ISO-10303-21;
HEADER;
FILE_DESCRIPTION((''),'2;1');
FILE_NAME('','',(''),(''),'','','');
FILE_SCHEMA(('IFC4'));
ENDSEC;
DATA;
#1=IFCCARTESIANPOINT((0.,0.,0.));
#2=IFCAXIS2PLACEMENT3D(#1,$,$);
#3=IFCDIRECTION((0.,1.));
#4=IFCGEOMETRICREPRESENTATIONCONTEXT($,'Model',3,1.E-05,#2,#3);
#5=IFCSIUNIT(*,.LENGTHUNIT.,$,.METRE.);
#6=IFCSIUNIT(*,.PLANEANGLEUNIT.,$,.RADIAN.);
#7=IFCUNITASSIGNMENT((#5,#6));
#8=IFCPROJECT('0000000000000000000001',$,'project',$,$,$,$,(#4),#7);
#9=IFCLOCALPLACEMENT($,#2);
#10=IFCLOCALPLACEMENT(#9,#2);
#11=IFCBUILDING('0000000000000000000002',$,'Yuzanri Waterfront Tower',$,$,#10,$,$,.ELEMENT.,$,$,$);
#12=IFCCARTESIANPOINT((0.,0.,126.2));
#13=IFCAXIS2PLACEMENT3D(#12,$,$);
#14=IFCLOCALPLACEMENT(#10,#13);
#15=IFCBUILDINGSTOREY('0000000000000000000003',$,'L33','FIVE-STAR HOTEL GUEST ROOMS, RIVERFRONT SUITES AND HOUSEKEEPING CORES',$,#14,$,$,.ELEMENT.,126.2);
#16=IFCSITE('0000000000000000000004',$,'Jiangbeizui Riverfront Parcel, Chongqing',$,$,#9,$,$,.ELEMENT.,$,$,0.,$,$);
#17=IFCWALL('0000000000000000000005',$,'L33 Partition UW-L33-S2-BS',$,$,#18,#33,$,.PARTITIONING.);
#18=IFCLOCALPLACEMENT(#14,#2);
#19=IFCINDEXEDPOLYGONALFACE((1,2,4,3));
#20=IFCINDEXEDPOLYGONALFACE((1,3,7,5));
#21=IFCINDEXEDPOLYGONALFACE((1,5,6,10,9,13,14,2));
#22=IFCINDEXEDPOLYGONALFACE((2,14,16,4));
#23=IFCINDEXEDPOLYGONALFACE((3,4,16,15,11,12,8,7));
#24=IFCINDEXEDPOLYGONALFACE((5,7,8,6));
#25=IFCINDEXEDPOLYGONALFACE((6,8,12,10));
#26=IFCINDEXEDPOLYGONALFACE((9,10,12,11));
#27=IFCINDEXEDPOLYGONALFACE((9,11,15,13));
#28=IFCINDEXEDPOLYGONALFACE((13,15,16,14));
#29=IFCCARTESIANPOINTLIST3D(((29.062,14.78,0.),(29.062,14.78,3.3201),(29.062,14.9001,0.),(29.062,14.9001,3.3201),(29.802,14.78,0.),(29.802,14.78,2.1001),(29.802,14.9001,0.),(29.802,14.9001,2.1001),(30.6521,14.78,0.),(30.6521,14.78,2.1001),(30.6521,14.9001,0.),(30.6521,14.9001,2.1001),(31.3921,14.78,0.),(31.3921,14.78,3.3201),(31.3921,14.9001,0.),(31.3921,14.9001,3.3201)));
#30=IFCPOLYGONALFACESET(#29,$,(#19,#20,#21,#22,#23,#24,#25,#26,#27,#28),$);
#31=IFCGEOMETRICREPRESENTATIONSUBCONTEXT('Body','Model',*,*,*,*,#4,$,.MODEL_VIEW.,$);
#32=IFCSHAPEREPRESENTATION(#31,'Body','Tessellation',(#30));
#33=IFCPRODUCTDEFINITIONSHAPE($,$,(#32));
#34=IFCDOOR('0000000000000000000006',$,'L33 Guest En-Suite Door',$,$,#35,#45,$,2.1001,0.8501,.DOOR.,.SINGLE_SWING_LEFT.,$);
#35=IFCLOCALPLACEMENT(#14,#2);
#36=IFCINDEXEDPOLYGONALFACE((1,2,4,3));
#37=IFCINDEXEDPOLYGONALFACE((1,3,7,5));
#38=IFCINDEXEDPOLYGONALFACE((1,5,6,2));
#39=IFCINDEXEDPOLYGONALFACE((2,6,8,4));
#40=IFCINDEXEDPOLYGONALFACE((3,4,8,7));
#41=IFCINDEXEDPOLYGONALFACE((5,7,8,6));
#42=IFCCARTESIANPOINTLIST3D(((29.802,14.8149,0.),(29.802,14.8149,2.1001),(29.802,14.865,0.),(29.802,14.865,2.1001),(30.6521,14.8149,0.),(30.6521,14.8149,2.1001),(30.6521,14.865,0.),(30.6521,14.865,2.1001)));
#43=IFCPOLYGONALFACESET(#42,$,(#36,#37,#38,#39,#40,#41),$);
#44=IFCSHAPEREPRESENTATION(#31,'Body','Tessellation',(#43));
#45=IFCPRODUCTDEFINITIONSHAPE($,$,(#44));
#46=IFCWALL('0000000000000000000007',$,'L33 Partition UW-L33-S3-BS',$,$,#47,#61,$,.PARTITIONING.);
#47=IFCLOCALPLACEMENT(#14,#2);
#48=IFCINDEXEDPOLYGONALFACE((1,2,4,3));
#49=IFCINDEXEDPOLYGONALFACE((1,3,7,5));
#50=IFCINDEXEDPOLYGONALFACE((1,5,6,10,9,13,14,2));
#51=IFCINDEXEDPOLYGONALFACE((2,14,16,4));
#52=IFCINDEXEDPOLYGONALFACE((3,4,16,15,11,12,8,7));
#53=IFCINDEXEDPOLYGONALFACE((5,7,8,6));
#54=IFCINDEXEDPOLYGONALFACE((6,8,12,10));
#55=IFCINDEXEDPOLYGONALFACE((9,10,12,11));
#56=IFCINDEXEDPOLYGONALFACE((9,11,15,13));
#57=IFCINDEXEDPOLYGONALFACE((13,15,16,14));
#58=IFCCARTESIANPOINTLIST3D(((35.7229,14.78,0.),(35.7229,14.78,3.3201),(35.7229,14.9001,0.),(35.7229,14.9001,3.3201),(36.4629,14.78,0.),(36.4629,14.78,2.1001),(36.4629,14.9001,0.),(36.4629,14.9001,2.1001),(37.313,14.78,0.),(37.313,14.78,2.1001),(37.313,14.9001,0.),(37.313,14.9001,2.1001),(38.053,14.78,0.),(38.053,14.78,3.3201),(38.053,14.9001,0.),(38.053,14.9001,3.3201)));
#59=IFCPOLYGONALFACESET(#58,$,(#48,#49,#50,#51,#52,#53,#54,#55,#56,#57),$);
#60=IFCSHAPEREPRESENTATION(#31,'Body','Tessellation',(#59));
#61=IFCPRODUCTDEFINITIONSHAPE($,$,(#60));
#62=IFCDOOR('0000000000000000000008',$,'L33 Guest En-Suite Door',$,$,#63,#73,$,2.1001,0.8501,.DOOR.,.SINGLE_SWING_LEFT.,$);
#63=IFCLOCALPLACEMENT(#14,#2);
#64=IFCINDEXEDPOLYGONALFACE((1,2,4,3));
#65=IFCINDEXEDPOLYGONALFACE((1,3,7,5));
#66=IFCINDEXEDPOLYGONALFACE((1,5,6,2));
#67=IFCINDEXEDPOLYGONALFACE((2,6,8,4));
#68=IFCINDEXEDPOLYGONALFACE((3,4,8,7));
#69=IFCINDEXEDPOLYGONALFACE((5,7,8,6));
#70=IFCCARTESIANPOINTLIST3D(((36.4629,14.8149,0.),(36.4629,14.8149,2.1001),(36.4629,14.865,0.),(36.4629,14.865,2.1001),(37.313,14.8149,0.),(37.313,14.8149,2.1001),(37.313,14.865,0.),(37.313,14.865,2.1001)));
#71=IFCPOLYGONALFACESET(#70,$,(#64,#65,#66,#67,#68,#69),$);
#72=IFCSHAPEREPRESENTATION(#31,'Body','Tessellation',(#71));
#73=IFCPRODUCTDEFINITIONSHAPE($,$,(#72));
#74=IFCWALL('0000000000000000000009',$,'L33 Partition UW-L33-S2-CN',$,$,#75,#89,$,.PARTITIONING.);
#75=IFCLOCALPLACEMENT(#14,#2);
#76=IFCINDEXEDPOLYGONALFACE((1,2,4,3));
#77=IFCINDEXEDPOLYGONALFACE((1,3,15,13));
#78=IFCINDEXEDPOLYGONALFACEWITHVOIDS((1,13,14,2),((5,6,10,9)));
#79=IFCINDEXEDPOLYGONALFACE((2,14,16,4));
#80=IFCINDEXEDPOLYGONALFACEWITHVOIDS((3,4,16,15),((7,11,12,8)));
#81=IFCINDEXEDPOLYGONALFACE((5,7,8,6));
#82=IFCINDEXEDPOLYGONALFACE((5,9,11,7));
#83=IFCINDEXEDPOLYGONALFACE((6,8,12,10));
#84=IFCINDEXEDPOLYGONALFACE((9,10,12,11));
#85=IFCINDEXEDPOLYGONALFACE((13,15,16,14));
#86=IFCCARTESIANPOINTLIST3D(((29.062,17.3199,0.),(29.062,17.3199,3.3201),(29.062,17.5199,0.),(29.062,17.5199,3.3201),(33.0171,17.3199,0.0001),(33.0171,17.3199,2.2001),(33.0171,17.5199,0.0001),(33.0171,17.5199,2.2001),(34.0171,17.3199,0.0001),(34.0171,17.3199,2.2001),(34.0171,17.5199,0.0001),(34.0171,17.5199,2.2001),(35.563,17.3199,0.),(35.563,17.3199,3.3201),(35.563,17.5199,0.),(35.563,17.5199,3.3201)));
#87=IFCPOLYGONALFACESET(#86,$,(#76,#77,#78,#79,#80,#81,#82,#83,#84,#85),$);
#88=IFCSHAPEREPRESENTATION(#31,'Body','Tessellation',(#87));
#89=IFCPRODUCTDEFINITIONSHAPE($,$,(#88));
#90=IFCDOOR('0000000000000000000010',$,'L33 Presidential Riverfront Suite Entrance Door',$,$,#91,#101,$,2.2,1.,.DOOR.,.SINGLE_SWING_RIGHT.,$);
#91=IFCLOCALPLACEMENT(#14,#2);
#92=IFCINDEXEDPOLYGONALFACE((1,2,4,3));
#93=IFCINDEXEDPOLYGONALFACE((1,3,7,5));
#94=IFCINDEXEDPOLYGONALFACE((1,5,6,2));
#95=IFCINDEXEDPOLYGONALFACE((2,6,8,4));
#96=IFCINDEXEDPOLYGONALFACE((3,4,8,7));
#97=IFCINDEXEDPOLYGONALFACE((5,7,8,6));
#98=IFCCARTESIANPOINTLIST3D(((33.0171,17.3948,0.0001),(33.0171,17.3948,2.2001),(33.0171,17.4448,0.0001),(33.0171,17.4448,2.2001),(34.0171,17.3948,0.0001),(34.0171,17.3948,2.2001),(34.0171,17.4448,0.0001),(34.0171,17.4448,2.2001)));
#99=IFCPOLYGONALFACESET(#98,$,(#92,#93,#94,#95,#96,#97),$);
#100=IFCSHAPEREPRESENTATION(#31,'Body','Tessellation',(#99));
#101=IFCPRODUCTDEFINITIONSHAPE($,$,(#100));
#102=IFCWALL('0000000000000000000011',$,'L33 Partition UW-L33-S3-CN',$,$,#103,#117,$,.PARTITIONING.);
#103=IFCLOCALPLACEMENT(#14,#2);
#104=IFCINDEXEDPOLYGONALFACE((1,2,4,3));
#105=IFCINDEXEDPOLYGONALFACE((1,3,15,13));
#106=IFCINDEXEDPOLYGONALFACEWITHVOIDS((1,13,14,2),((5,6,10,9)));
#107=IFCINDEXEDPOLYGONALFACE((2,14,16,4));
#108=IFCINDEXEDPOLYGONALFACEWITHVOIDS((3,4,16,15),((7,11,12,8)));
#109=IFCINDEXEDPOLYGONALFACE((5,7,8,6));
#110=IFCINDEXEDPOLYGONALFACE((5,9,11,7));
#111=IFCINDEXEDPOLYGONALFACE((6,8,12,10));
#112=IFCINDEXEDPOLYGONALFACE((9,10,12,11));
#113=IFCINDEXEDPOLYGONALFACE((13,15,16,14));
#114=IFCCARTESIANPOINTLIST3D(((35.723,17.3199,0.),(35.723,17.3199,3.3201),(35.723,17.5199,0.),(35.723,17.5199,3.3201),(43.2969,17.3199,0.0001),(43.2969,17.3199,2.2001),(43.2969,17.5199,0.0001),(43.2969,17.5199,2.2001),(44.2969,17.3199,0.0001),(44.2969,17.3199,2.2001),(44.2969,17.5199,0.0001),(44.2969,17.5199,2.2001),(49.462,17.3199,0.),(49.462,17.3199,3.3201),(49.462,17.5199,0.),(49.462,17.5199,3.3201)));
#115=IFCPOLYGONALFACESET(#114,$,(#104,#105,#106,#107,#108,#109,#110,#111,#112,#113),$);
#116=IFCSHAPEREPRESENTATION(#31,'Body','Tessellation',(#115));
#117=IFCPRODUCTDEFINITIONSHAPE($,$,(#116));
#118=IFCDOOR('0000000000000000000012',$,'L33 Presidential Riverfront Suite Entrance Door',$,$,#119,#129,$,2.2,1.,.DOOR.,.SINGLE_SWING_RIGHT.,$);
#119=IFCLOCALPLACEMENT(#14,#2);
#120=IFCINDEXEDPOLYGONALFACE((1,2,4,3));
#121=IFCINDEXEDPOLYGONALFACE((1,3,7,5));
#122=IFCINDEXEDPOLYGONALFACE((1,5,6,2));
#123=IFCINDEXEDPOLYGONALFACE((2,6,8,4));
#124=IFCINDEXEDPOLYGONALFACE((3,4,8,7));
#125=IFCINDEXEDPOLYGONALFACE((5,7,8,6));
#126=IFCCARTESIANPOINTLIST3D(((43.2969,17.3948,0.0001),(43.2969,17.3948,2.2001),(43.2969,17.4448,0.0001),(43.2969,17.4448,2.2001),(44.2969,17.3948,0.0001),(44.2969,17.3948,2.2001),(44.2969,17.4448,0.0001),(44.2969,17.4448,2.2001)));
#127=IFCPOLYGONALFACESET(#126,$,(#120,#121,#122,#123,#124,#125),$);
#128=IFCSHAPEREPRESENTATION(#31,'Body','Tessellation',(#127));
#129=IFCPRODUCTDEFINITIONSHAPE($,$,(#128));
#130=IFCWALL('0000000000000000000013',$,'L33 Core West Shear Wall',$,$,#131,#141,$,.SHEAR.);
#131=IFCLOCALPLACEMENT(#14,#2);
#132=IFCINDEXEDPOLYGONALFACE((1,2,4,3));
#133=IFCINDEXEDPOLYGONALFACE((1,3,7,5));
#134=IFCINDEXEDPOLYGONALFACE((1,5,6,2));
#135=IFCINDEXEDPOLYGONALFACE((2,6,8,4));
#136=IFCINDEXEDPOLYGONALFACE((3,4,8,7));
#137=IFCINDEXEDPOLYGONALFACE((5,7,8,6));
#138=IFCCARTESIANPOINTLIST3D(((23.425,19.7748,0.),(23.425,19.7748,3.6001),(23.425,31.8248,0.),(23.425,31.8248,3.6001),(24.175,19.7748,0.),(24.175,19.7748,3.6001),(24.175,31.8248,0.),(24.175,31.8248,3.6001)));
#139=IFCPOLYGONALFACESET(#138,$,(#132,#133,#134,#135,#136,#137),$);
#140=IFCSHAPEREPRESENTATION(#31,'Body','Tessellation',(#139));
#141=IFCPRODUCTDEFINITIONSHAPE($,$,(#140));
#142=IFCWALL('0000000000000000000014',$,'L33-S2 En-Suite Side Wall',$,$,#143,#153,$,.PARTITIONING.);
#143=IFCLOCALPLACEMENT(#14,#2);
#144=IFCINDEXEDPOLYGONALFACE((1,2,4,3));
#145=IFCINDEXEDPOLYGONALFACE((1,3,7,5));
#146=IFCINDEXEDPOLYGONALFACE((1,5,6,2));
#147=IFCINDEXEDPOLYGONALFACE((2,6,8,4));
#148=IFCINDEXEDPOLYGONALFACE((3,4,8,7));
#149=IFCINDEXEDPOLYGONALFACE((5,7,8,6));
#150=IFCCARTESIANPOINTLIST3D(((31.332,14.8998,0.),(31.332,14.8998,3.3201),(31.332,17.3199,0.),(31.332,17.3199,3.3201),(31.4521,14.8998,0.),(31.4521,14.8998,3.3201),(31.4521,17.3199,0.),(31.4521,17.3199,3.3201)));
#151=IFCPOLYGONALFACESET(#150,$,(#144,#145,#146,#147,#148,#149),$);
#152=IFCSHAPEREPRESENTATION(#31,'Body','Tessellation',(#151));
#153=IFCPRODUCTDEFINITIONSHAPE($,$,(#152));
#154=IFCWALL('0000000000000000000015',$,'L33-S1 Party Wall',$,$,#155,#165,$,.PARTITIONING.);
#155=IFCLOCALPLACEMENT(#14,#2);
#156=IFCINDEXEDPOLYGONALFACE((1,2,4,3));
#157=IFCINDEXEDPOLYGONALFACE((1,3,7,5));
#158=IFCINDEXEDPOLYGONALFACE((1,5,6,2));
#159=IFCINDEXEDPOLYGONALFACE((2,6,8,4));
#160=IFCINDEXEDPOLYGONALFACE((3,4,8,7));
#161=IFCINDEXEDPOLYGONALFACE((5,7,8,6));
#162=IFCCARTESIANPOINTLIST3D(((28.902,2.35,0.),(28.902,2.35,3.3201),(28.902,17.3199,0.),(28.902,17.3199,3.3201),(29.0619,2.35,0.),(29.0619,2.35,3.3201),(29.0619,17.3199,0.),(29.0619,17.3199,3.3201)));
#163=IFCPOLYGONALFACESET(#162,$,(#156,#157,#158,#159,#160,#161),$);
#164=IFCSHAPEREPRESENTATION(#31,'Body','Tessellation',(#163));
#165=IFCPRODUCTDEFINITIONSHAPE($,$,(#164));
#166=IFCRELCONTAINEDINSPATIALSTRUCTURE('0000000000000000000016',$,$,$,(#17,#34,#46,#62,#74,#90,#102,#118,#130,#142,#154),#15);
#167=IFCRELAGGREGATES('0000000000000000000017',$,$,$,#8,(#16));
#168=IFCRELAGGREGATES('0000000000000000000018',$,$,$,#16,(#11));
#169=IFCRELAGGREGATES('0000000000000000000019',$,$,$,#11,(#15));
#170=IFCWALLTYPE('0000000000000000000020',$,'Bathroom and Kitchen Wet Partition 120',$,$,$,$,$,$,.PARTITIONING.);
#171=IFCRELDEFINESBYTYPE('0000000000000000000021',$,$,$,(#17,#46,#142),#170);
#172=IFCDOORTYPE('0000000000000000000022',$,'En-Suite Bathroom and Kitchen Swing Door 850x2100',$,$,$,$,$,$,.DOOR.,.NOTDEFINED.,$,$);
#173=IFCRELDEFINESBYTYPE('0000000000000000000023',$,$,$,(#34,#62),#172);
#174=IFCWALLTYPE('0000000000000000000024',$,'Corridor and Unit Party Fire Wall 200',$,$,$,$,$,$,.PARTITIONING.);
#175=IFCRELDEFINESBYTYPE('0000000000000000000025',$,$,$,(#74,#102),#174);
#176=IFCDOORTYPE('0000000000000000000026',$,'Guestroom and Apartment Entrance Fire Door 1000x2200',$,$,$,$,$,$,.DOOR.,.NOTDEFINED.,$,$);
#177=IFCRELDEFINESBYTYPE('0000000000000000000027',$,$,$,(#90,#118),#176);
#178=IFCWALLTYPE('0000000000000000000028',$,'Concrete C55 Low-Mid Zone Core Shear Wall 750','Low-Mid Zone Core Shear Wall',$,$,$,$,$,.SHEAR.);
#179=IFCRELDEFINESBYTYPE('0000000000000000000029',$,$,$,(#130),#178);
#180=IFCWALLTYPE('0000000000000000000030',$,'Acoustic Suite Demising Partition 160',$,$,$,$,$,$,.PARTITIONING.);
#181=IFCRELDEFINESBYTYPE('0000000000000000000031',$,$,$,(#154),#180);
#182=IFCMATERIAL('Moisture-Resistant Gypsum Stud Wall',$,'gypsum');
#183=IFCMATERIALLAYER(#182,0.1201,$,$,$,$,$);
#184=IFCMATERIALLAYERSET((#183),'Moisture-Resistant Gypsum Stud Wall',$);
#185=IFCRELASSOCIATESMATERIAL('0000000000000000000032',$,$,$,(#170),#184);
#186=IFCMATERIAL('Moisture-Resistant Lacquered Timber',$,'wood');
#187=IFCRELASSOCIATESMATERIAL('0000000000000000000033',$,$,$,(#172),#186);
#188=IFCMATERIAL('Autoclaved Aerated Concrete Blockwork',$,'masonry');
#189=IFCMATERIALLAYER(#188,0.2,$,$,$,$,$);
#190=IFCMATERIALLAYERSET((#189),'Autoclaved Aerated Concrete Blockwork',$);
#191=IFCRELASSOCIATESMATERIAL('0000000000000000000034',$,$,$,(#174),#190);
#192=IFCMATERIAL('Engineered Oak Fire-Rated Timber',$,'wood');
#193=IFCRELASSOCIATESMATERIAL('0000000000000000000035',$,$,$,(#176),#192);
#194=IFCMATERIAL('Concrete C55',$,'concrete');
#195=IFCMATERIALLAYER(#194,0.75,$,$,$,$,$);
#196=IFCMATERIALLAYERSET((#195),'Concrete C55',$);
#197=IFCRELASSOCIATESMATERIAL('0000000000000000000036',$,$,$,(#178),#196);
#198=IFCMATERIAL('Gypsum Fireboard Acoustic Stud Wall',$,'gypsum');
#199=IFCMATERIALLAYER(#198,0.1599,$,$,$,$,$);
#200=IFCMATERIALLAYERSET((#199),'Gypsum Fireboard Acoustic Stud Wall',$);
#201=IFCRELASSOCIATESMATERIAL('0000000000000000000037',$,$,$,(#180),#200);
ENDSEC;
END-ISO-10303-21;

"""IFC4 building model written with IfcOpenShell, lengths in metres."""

from ifc_helpers import new_model, si_unit, direction, frame, frame_2d, origin, place, context, subcontext, project, spatial, rectangle, extrude, source, transform, mapped, material, layer, layer_set, type_object, element, fill, save


model = new_model("IFC4")

# Units and contexts
model_context = context("Model", 3, precision=1e-05, world=origin(), true_north=direction((0.0, 1.0)))
body_context = subcontext(model_context, "Body", "Model", "MODEL_VIEW")
ifc_project = project(units=[si_unit("LENGTHUNIT", "METRE"), si_unit("PLANEANGLEUNIT", "RADIAN")], contexts=[model_context])

# Site, building, storey
site_placement = place(None, origin())
site = spatial("IfcSite", under=ifc_project, at=site_placement, Name="Jiangbeizui Riverfront Parcel, Chongqing", CompositionType="ELEMENT", RefElevation=0.0)
building_placement = place(site_placement, origin())
building = spatial("IfcBuilding", under=site, at=building_placement, Name="Yuzanri Waterfront Tower", CompositionType="ELEMENT")
storey_placement = place(building_placement, frame((0.0, 0.0, 126.2)))
storey = spatial("IfcBuildingStorey", under=building, at=storey_placement, Name="L33", Description="FIVE-STAR HOTEL GUEST ROOMS, RIVERFRONT SUITES AND HOUSEKEEPING CORES", CompositionType="ELEMENT", Elevation=126.2)

# Walls, openings, doors
ifc_material_1 = material(Name="Moisture-Resistant Gypsum Stud Wall", Category="gypsum")
ifc_layer_1 = layer(ifc_material_1, 0.1201)
ifc_layer_set_1 = layer_set([ifc_layer_1], Name="Moisture-Resistant Gypsum Stud Wall")
wall_type_1 = type_object("IfcWallType", Name="Bathroom and Kitchen Wet Partition 120", PredefinedType="PARTITIONING", material=ifc_layer_set_1)
wall_1_placement = place(storey_placement, frame((29.062, 14.8401, 0.0), z_axis=(0.0, 0.0, 1.0), x_axis=(1.0, 0.0, 0.0)))
wall_1 = element("IfcWall", 1, at=wall_1_placement, inside=storey, type_object=wall_type_1, Name="L33 Partition UW-L33-S2-BS", PredefinedType="PARTITIONING", context=body_context, shape_type="SweptSolid", body=[
    extrude(rectangle(XDim=2.3301, YDim=0.1201, at=frame_2d((1.165, 0.0))), origin(), (0.0, 0.0, 1.0), 3.3201),
])
opening_1_placement = place(wall_1_placement, frame((0.74, 0.0, 0.0)))
opening_1 = element("IfcOpeningElement", 2, at=opening_1_placement, cuts=wall_1, PredefinedType="OPENING", context=body_context, shape_type="SweptSolid", body=[
    extrude(rectangle(XDim=0.8501, YDim=2.1001, at=frame_2d((0.425, 1.05))), frame((0.0, 0.075, 0.0), z_axis=(0.0, -1.0, 0.0), x_axis=(1.0, 0.0, 0.0)), (0.0, 0.0, 1.0), 0.1499),
])
ifc_material_2 = material(Name="Moisture-Resistant Lacquered Timber", Category="wood")
door_type_1 = type_object("IfcDoorType", Name="En-Suite Bathroom and Kitchen Swing Door 850x2100", OperationType="NOTDEFINED", PredefinedType="DOOR", material=ifc_material_2)
shared_shape_1 = source(origin(), body_context, "Body", "SweptSolid", [
    extrude(rectangle(XDim=0.8501, YDim=2.1001, at=frame_2d((0.425, 1.05))), frame((0.0, 0.0249, 0.0), z_axis=(0.0, -1.0, 0.0), x_axis=(1.0, 0.0, 0.0)), (0.0, 0.0, 1.0), 0.05),
])
door_1_placement = place(opening_1_placement, origin())
door_1 = element("IfcDoor", 3, at=door_1_placement, inside=storey, type_object=door_type_1, Name="L33 Guest En-Suite Door", OperationType="SINGLE_SWING_LEFT", OverallHeight=2.1001, OverallWidth=0.8501, PredefinedType="DOOR", context=body_context, shape_type="MappedRepresentation", body=[
    mapped(shared_shape_1, transform((0.0, 0.0, 0.0), scale=1.0)),
])
fill(opening_1, door_1)
wall_2_placement = place(storey_placement, frame((35.7229, 14.8401, 0.0), z_axis=(0.0, 0.0, 1.0), x_axis=(1.0, 0.0, 0.0)))
wall_2 = element("IfcWall", 4, at=wall_2_placement, inside=storey, type_object=wall_type_1, Name="L33 Partition UW-L33-S3-BS", PredefinedType="PARTITIONING", context=body_context, shape_type="SweptSolid", body=[
    extrude(rectangle(XDim=2.3301, YDim=0.1201, at=frame_2d((1.165, 0.0))), origin(), (0.0, 0.0, 1.0), 3.3201),
])
opening_2_placement = place(wall_2_placement, frame((0.74, 0.0, 0.0)))
opening_2 = element("IfcOpeningElement", 5, at=opening_2_placement, cuts=wall_2, PredefinedType="OPENING", context=body_context, shape_type="SweptSolid", body=[
    extrude(rectangle(XDim=0.8501, YDim=2.1001, at=frame_2d((0.425, 1.05))), frame((0.0, 0.075, 0.0), z_axis=(0.0, -1.0, 0.0), x_axis=(1.0, 0.0, 0.0)), (0.0, 0.0, 1.0), 0.1499),
])
door_2_placement = place(opening_2_placement, origin())
door_2 = element("IfcDoor", 6, at=door_2_placement, inside=storey, type_object=door_type_1, Name="L33 Guest En-Suite Door", OperationType="SINGLE_SWING_LEFT", OverallHeight=2.1001, OverallWidth=0.8501, PredefinedType="DOOR", context=body_context, shape_type="MappedRepresentation", body=[
    mapped(shared_shape_1, transform((0.0, 0.0, 0.0), scale=1.0)),
])
fill(opening_2, door_2)
ifc_material_3 = material(Name="Autoclaved Aerated Concrete Blockwork", Category="masonry")
ifc_layer_2 = layer(ifc_material_3, 0.2)
ifc_layer_set_2 = layer_set([ifc_layer_2], Name="Autoclaved Aerated Concrete Blockwork")
wall_type_2 = type_object("IfcWallType", Name="Corridor and Unit Party Fire Wall 200", PredefinedType="PARTITIONING", material=ifc_layer_set_2)
wall_3_placement = place(storey_placement, frame((29.062, 17.4199, 0.0), z_axis=(0.0, 0.0, 1.0), x_axis=(1.0, 0.0, 0.0)))
wall_3 = element("IfcWall", 7, at=wall_3_placement, inside=storey, type_object=wall_type_2, Name="L33 Partition UW-L33-S2-CN", PredefinedType="PARTITIONING", context=body_context, shape_type="SweptSolid", body=[
    extrude(rectangle(XDim=6.501, YDim=0.2, at=frame_2d((3.2505, 0.0))), origin(), (0.0, 0.0, 1.0), 3.3201),
])
opening_3_placement = place(wall_3_placement, frame((3.9551, 0.0, 0.0)))
opening_3 = element("IfcOpeningElement", 8, at=opening_3_placement, cuts=wall_3, PredefinedType="OPENING", context=body_context, shape_type="SweptSolid", body=[
    extrude(rectangle(XDim=1.0, YDim=2.2, at=frame_2d((0.5, 1.1001))), frame((0.0, 0.1147, 0.0), z_axis=(0.0, -1.0, 0.0), x_axis=(1.0, 0.0, 0.0)), (0.0, 0.0, 1.0), 0.2297),
])
ifc_material_4 = material(Name="Engineered Oak Fire-Rated Timber", Category="wood")
door_type_2 = type_object("IfcDoorType", Name="Guestroom and Apartment Entrance Fire Door 1000x2200", OperationType="NOTDEFINED", PredefinedType="DOOR", material=ifc_material_4)
shared_shape_2 = source(origin(), body_context, "Body", "SweptSolid", [
    extrude(rectangle(XDim=1.0, YDim=2.2, at=frame_2d((0.5, 1.1001))), frame((0.0, 0.0249, 0.0), z_axis=(0.0, -1.0, 0.0), x_axis=(1.0, 0.0, 0.0)), (0.0, 0.0, 1.0), 0.05),
])
door_3_placement = place(opening_3_placement, origin())
door_3 = element("IfcDoor", 9, at=door_3_placement, inside=storey, type_object=door_type_2, Name="L33 Presidential Riverfront Suite Entrance Door", OperationType="SINGLE_SWING_RIGHT", OverallHeight=2.2, OverallWidth=1.0, PredefinedType="DOOR", context=body_context, shape_type="MappedRepresentation", body=[
    mapped(shared_shape_2, transform((0.0, 0.0, 0.0), scale=1.0)),
])
fill(opening_3, door_3)
wall_4_placement = place(storey_placement, frame((35.7229, 17.4199, 0.0), z_axis=(0.0, 0.0, 1.0), x_axis=(1.0, 0.0, 0.0)))
wall_4 = element("IfcWall", 10, at=wall_4_placement, inside=storey, type_object=wall_type_2, Name="L33 Partition UW-L33-S3-CN", PredefinedType="PARTITIONING", context=body_context, shape_type="SweptSolid", body=[
    extrude(rectangle(XDim=13.739, YDim=0.2, at=frame_2d((6.8696, 0.0))), origin(), (0.0, 0.0, 1.0), 3.3201),
])
opening_4_placement = place(wall_4_placement, frame((7.574, 0.0, 0.0)))
opening_4 = element("IfcOpeningElement", 11, at=opening_4_placement, cuts=wall_4, PredefinedType="OPENING", context=body_context, shape_type="SweptSolid", body=[
    extrude(rectangle(XDim=1.0, YDim=2.2, at=frame_2d((0.5, 1.1001))), frame((0.0, 0.1147, 0.0), z_axis=(0.0, -1.0, 0.0), x_axis=(1.0, 0.0, 0.0)), (0.0, 0.0, 1.0), 0.2297),
])
door_4_placement = place(opening_4_placement, origin())
door_4 = element("IfcDoor", 12, at=door_4_placement, inside=storey, type_object=door_type_2, Name="L33 Presidential Riverfront Suite Entrance Door", OperationType="SINGLE_SWING_RIGHT", OverallHeight=2.2, OverallWidth=1.0, PredefinedType="DOOR", context=body_context, shape_type="MappedRepresentation", body=[
    mapped(shared_shape_2, transform((0.0, 0.0, 0.0), scale=1.0)),
])
fill(opening_4, door_4)

# Walls
ifc_material_5 = material(Name="Concrete C55", Category="concrete")
ifc_layer_3 = layer(ifc_material_5, 0.75)
ifc_layer_set_3 = layer_set([ifc_layer_3], Name="Concrete C55")
wall_type_3 = type_object("IfcWallType", Name="Concrete C55 Low-Mid Zone Core Shear Wall 750", Description="Low-Mid Zone Core Shear Wall", PredefinedType="SHEAR", material=ifc_layer_set_3)
shared_shape_3 = source(origin(), body_context, "Body", "SweptSolid", [
    extrude(rectangle(XDim=12.05, YDim=0.75, at=frame_2d((6.0249, 0.0))), origin(), (0.0, 0.0, 1.0), 3.6001),
])
wall_5_placement = place(storey_placement, frame((23.8, 19.7749, 0.0), z_axis=(0.0, 0.0, 1.0), x_axis=(0.0, 1.0, 0.0)))
element("IfcWall", 13, at=wall_5_placement, inside=storey, type_object=wall_type_3, Name="L33 Core West Shear Wall", PredefinedType="SHEAR", context=body_context, shape_type="MappedRepresentation", body=[
    mapped(shared_shape_3, transform((0.0, 0.0, 0.0), scale=1.0)),
])
shared_shape_4 = source(origin(), body_context, "Body", "SweptSolid", [
    extrude(rectangle(XDim=2.4202, YDim=0.1201, at=frame_2d((1.21, 0.0))), origin(), (0.0, 0.0, 1.0), 3.3201),
])
wall_6_placement = place(storey_placement, frame((31.3921, 14.8999, 0.0), z_axis=(0.0, 0.0, 1.0), x_axis=(0.0, 1.0, 0.0)))
element("IfcWall", 14, at=wall_6_placement, inside=storey, type_object=wall_type_1, Name="L33-S2 En-Suite Side Wall", PredefinedType="PARTITIONING", context=body_context, shape_type="MappedRepresentation", body=[
    mapped(shared_shape_4, transform((0.0, 0.0, 0.0), scale=1.0)),
])
ifc_material_6 = material(Name="Gypsum Fireboard Acoustic Stud Wall", Category="gypsum")
ifc_layer_4 = layer(ifc_material_6, 0.1599)
ifc_layer_set_4 = layer_set([ifc_layer_4], Name="Gypsum Fireboard Acoustic Stud Wall")
wall_type_4 = type_object("IfcWallType", Name="Acoustic Suite Demising Partition 160", PredefinedType="PARTITIONING", material=ifc_layer_set_4)
shared_shape_5 = source(origin(), body_context, "Body", "SweptSolid", [
    extrude(rectangle(XDim=14.97, YDim=0.1599, at=frame_2d((7.4849, 0.0))), origin(), (0.0, 0.0, 1.0), 3.3201),
])
for number, where, z_axis, x_axis, name in (
    (15, (28.9819, 2.3501, 0.0), (0.0, 0.0, 1.0), (0.0, 1.0, 0.0), "L33-S1 Party Wall"),
):
    element("IfcWall", number, at=place(storey_placement, frame(where, z_axis=z_axis, x_axis=x_axis)), inside=storey, type_object=wall_type_4, Name=name, PredefinedType="PARTITIONING", context=body_context, shape_type="MappedRepresentation", body=[
        mapped(shared_shape_5, transform((0.0, 0.0, 0.0), scale=1.0)),
    ])

save(model, "model.ifc")
